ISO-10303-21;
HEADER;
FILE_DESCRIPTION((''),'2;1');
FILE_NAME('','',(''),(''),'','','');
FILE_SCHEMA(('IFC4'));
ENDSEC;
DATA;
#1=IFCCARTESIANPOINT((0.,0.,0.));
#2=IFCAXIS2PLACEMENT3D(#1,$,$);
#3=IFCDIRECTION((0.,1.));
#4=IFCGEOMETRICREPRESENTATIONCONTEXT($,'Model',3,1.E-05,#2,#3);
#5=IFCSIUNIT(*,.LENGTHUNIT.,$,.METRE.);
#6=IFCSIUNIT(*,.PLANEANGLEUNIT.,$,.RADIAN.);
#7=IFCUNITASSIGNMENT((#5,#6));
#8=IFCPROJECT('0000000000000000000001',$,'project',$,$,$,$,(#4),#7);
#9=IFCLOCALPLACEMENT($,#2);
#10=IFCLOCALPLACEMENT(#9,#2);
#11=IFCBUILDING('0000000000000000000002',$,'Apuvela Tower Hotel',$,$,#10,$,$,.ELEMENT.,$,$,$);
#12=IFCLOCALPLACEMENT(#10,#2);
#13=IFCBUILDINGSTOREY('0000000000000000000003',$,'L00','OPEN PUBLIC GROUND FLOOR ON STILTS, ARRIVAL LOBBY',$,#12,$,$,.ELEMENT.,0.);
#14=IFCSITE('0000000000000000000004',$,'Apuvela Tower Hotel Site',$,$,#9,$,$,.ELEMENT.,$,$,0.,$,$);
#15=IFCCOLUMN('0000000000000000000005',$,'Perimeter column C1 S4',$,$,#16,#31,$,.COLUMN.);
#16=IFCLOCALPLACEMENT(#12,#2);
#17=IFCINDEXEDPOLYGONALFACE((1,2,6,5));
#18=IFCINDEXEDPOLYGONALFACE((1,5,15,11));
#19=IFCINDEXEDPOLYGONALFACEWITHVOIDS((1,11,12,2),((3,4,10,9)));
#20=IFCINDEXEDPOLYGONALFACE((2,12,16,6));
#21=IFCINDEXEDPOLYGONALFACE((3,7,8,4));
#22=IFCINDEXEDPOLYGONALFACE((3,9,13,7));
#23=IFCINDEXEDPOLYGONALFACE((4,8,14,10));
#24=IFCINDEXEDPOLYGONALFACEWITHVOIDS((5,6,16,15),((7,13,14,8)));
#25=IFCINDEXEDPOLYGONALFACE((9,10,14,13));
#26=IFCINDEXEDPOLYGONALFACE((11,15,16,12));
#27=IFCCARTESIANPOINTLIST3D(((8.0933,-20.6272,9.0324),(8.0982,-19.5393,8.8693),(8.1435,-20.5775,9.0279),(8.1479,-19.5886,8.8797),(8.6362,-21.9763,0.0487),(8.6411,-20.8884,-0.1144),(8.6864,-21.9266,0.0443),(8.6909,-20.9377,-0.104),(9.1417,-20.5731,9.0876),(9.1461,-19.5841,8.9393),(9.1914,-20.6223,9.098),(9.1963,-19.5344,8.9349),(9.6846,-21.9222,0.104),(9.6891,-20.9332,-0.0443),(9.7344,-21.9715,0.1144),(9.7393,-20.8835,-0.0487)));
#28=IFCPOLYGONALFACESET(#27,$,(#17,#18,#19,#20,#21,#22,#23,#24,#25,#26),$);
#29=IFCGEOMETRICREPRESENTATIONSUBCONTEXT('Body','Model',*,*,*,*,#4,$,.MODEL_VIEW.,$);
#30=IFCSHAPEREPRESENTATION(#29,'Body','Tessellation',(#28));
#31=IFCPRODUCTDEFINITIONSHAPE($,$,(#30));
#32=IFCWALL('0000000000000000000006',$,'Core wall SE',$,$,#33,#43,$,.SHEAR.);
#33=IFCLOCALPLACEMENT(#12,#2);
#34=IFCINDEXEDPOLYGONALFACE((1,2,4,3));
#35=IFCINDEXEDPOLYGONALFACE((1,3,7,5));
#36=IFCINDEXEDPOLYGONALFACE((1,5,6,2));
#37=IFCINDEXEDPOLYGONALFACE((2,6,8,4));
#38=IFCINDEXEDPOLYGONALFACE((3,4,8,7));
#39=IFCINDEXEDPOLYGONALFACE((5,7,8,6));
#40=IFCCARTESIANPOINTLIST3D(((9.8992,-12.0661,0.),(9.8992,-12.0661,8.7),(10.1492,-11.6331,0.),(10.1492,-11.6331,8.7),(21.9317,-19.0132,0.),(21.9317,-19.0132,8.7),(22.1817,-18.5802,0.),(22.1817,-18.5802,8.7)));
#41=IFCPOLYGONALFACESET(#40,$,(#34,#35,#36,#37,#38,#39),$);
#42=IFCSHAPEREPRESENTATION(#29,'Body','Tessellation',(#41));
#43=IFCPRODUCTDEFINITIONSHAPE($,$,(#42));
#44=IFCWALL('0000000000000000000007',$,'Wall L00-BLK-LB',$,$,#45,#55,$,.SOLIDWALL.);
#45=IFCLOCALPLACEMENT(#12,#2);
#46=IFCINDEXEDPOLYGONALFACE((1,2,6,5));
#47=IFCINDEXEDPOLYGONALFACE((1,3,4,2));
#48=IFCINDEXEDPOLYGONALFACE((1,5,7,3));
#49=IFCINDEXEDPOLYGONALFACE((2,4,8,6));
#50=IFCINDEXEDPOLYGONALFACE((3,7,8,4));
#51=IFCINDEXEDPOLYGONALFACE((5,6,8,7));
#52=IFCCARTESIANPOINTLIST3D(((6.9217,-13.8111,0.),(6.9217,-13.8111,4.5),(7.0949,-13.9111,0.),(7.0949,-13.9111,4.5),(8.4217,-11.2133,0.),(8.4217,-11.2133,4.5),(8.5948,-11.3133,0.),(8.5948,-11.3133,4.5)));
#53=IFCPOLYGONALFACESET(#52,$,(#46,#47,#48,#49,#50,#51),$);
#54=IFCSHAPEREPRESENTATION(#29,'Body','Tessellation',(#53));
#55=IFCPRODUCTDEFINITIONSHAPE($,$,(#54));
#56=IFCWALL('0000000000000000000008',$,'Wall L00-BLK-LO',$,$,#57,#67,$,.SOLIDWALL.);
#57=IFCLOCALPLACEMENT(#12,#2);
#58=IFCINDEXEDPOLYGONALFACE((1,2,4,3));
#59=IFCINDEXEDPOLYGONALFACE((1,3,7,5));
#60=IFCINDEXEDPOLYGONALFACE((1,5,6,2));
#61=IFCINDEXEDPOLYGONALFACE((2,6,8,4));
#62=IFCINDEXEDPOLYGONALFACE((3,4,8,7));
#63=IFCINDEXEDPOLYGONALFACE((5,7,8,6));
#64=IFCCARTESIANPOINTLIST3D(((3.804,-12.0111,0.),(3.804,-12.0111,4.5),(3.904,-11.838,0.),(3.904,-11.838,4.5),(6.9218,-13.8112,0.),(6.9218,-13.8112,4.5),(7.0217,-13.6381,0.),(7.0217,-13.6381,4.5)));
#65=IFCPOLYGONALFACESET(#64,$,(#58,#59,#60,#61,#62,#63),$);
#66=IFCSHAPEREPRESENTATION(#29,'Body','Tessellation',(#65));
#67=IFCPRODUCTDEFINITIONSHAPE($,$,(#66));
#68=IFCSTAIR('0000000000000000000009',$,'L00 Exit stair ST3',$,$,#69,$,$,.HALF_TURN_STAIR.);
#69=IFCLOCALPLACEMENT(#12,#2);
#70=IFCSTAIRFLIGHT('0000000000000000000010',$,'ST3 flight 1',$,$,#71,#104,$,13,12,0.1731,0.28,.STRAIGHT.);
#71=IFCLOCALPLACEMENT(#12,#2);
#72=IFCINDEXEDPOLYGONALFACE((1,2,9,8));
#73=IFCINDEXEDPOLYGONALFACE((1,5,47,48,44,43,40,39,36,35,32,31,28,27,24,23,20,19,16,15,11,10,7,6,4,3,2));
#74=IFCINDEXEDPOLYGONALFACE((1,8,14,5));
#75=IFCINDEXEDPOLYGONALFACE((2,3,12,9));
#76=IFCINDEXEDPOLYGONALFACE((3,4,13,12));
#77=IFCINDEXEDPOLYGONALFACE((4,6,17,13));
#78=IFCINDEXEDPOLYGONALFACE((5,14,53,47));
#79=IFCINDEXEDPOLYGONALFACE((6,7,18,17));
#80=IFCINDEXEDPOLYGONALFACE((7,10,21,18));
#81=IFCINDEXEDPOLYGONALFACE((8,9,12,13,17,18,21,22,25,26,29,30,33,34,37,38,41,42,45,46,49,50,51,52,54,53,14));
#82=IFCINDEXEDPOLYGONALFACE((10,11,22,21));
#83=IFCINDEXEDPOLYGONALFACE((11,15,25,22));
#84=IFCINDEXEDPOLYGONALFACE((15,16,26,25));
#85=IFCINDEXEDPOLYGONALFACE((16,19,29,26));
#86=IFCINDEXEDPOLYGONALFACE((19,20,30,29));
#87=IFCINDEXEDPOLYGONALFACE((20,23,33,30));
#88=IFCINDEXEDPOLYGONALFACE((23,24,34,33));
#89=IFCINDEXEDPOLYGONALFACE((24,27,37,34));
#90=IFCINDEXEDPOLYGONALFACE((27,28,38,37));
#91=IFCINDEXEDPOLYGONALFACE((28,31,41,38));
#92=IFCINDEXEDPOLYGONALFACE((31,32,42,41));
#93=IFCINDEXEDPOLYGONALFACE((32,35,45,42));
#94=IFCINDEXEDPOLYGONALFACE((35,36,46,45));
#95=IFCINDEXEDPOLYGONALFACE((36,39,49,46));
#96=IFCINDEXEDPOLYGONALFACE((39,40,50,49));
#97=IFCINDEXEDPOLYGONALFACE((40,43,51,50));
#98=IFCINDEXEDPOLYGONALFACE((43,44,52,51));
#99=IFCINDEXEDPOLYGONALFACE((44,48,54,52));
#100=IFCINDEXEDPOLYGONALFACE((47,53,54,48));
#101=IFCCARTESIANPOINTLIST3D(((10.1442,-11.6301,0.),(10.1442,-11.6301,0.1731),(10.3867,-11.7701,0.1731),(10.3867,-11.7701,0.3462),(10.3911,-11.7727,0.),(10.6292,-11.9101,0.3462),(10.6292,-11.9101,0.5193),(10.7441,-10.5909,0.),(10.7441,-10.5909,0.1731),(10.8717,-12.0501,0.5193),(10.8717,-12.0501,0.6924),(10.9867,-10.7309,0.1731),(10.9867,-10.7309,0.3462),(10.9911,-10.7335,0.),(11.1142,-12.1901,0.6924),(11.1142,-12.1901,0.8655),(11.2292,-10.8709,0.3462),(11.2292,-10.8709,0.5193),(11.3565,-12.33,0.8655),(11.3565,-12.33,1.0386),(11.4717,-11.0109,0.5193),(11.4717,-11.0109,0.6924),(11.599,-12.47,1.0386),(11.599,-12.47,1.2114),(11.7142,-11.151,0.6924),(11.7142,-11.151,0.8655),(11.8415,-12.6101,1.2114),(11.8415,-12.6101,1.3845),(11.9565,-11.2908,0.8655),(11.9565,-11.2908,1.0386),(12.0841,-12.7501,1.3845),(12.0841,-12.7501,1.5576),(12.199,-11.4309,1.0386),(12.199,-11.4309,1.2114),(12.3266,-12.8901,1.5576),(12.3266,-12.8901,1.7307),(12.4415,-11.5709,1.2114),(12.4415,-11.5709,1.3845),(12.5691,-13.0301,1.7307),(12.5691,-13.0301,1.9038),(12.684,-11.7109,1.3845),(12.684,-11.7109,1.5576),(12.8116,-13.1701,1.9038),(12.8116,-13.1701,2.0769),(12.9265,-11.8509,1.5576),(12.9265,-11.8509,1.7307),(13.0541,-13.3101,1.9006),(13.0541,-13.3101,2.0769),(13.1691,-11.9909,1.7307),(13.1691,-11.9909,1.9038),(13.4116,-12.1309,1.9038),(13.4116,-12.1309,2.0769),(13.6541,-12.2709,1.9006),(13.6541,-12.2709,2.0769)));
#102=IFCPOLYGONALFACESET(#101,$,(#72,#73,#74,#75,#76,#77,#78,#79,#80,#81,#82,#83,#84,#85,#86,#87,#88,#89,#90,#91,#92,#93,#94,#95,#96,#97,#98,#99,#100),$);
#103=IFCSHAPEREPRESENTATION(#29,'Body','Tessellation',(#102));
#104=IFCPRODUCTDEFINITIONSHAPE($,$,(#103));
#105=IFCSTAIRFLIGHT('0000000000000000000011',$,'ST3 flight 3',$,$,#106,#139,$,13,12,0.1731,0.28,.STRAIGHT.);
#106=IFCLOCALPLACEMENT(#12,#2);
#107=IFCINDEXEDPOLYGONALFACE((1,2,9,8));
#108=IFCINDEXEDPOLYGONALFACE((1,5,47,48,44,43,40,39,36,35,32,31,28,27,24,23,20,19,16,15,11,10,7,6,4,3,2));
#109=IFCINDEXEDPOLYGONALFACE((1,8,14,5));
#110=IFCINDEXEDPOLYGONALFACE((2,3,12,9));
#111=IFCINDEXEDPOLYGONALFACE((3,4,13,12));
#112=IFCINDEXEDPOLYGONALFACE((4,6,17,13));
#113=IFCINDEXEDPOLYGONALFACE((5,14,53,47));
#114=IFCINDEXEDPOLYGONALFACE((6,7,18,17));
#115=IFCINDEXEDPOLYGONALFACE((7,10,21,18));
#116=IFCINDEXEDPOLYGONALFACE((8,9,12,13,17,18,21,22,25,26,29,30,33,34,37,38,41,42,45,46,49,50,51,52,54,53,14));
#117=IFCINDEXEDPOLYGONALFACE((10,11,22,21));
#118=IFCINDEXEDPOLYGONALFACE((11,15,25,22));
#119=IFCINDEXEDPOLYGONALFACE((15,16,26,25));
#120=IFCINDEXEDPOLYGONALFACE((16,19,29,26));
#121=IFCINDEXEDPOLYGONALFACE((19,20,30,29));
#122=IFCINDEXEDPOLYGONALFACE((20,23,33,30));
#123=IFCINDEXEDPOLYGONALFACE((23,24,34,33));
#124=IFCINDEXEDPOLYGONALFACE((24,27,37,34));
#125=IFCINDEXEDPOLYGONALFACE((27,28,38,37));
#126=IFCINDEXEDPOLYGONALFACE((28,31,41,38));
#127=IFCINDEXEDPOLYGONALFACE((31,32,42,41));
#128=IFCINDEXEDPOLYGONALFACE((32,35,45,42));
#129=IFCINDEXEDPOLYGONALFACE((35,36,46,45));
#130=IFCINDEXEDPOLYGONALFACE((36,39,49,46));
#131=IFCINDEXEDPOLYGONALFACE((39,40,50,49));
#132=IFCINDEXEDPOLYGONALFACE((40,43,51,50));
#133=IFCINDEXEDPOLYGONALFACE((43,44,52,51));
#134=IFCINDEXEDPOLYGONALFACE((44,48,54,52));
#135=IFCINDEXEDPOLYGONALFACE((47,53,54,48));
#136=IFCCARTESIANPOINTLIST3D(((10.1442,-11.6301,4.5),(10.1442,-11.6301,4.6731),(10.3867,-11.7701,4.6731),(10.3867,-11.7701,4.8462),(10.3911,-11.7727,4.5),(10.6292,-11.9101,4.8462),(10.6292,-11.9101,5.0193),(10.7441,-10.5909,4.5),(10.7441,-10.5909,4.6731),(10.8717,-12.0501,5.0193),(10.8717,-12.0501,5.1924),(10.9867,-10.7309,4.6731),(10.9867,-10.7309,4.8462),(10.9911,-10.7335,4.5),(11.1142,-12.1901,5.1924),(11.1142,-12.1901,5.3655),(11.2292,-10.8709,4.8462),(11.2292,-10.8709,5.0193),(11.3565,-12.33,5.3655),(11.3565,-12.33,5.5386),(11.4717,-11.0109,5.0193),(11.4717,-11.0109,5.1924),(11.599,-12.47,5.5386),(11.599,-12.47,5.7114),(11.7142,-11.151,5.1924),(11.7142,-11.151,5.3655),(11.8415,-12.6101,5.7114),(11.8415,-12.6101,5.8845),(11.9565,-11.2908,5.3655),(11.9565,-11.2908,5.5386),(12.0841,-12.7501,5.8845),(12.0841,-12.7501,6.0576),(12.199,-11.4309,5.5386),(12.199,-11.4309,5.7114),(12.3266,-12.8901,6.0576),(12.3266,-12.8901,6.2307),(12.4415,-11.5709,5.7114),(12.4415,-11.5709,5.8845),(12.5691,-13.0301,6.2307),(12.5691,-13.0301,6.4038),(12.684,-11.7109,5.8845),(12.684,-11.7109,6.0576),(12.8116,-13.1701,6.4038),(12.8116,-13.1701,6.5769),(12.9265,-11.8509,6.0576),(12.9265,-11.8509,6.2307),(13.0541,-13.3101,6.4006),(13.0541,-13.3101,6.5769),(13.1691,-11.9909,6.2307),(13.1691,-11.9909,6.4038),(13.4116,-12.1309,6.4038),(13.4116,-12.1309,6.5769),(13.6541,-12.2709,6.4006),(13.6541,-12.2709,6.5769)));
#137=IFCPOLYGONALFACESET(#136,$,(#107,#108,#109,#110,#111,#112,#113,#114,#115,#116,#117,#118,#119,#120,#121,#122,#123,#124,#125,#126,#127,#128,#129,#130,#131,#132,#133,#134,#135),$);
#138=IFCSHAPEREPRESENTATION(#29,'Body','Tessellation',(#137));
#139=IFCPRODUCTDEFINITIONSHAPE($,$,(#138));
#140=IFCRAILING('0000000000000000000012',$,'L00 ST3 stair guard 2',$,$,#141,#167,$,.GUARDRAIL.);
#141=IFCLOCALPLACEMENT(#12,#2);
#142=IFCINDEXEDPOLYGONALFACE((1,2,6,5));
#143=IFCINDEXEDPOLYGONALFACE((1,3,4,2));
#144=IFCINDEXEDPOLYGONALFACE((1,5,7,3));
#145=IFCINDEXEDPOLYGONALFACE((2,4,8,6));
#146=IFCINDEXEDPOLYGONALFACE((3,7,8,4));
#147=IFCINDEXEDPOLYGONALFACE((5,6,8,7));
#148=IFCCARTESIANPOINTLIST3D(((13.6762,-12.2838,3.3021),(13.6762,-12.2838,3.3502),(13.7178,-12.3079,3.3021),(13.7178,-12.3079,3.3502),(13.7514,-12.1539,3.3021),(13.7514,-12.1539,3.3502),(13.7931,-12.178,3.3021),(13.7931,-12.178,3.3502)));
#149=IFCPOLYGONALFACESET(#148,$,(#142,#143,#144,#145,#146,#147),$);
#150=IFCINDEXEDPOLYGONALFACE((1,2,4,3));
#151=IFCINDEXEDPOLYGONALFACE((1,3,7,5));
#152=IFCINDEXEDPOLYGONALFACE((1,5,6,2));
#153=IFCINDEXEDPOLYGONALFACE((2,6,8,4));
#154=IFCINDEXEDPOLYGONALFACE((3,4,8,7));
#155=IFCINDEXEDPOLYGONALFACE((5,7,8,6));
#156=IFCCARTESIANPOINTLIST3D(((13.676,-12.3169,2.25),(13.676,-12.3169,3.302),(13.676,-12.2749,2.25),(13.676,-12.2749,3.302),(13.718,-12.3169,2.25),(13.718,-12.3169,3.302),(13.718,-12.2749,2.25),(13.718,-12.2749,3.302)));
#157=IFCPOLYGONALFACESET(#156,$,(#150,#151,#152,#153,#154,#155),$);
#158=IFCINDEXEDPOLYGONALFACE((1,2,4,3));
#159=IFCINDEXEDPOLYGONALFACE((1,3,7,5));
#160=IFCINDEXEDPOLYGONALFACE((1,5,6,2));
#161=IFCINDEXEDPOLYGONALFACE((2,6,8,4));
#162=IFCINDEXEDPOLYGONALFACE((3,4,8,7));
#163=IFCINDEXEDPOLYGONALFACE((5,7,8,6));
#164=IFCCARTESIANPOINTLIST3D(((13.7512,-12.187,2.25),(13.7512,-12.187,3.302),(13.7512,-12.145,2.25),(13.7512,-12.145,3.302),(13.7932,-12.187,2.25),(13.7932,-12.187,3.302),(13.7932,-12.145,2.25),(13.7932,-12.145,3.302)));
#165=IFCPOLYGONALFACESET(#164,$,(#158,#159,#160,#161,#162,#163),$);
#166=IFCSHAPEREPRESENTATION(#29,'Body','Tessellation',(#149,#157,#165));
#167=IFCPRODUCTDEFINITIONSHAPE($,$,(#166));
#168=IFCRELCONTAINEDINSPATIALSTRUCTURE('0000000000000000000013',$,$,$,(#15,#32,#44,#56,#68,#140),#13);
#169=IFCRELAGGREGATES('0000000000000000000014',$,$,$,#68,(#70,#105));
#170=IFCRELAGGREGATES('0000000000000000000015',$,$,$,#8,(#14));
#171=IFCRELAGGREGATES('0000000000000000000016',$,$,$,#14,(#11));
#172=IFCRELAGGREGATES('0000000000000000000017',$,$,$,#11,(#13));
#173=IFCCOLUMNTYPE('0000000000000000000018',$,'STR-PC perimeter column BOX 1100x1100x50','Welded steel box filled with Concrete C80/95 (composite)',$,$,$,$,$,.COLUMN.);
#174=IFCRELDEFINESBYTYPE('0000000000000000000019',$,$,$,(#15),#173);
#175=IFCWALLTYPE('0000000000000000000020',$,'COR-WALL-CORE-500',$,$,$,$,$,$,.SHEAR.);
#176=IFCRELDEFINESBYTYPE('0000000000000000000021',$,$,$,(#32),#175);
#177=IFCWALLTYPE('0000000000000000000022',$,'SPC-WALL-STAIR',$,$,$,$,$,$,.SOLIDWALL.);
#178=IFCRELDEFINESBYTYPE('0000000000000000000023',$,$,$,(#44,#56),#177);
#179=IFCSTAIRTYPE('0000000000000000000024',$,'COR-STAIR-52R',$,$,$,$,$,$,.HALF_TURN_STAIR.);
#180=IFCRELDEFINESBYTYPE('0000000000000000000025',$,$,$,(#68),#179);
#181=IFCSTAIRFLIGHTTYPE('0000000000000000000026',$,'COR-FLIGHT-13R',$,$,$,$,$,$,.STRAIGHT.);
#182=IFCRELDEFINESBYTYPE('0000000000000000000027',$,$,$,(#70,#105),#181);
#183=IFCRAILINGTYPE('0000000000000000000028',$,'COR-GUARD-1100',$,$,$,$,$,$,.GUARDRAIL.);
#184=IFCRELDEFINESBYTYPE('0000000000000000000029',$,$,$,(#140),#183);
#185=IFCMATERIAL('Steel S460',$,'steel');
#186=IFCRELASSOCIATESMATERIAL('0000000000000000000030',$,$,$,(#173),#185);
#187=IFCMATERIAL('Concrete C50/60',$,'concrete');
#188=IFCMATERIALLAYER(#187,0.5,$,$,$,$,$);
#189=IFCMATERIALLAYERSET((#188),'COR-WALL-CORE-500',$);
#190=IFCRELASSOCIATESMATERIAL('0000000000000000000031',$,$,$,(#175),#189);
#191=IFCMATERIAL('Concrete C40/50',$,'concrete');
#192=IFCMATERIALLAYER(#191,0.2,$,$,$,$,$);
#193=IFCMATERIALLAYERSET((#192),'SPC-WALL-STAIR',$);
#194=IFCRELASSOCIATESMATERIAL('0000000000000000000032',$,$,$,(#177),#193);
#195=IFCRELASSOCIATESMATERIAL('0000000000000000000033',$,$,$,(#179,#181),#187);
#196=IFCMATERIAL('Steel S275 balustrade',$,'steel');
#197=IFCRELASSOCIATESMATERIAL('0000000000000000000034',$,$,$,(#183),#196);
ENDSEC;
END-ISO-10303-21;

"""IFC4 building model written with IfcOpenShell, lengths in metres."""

from ifc_helpers import new_model, si_unit, direction, frame, frame_2d, origin, origin_2d, place, context, subcontext, project, spatial, polyline, rectangle, hollow_rectangle, outline, extrude, boolean, halfspace, material, layer, layer_set, material_profile, profile_set, type_object, element, aggregate, save


model = new_model("IFC4")

# Units and contexts
model_context = context("Model", 3, precision=1e-05, world=origin(), true_north=direction((0.0, 1.0)))
body_context = subcontext(model_context, "Body", "Model", "MODEL_VIEW")
ifc_project = project(units=[si_unit("LENGTHUNIT", "METRE"), si_unit("PLANEANGLEUNIT", "RADIAN")], contexts=[model_context])

# Site, building, storey
site_placement = place(None, origin())
site = spatial("IfcSite", under=ifc_project, at=site_placement, Name="Apuvela Tower Hotel Site", CompositionType="ELEMENT", RefElevation=0.0)
building_placement = place(site_placement, origin())
building = spatial("IfcBuilding", under=site, at=building_placement, Name="Apuvela Tower Hotel", CompositionType="ELEMENT")
storey_placement = place(building_placement, origin())
storey = spatial("IfcBuildingStorey", under=building, at=storey_placement, Name="L00", Description="OPEN PUBLIC GROUND FLOOR ON STILTS, ARRIVAL LOBBY", CompositionType="ELEMENT", Elevation=0.0)

# Shared definitions
ifc_material_1 = material(Name="Concrete C40/50", Category="concrete")

# Column
ifc_material_2 = material(Name="Steel S460", Category="steel")
ifc_material_profile_1 = material_profile(ifc_material_2, hollow_rectangle(XDim=1.1001, YDim=1.1001, WallThickness=0.05, at=origin_2d()), Name="BOX 1100x1100x50")
ifc_material_3 = material(Name="Concrete C80/95", Category="concrete")
ifc_material_profile_2 = material_profile(ifc_material_3, rectangle(XDim=1.0, YDim=1.0, at=origin_2d()), Name="Concrete C80/95 infill")
ifc_profile_set_1 = profile_set([ifc_material_profile_1, ifc_material_profile_2], Name="Steel S460")
column_type = type_object("IfcColumnType", Name="STR-PC perimeter column BOX 1100x1100x50", Description="Welded steel box filled with Concrete C80/95 (composite)", PredefinedType="COLUMN", material=ifc_profile_set_1)
column_placement = place(storey_placement, frame((9.1877, -21.4299, 0.0), z_axis=(-0.059662, 0.148244, 0.98715), x_axis=(0.998209, 0.004445, 0.059663)))
element("IfcColumn", 1, at=column_placement, inside=storey, type_object=column_type, Name="Perimeter column C1 S4", PredefinedType="COLUMN", context=body_context, shape_type="SweptSolid", body=[
    boolean("DIFFERENCE", extrude(hollow_rectangle(XDim=1.1001, YDim=1.1001, WallThickness=0.05, at=origin_2d()), origin(), (0.0, 0.0, 1.0), 9.1172), halfspace(frame((0.0, 0.0, 9.1006), z_axis=(0.0, 0.0, 1.0), x_axis=(1.0, 0.0, 0.0)), False)),
])

# Walls
ifc_material_4 = material(Name="Concrete C50/60", Category="concrete")
ifc_layer_1 = layer(ifc_material_4, 0.5)
ifc_layer_set_1 = layer_set([ifc_layer_1], Name="COR-WALL-CORE-500")
wall_type_1 = type_object("IfcWallType", Name="COR-WALL-CORE-500", PredefinedType="SHEAR", material=ifc_layer_set_1)
wall_1_placement = place(storey_placement, frame((10.0242, -11.8496, 0.0), z_axis=(0.0, 0.0, 1.0), x_axis=(0.866023, -0.500004, 0.0)))
element("IfcWall", 2, at=wall_1_placement, inside=storey, type_object=wall_type_1, Name="Core wall SE", PredefinedType="SHEAR", context=body_context, shape_type="SweptSolid", body=[
    extrude(rectangle(XDim=13.894, YDim=0.5, at=frame_2d((6.947, 0.0))), origin(), (0.0, 0.0, 1.0), 8.7),
])
ifc_layer_2 = layer(ifc_material_1, 0.2)
ifc_layer_set_2 = layer_set([ifc_layer_2], Name="SPC-WALL-STAIR")
wall_type_2 = type_object("IfcWallType", Name="SPC-WALL-STAIR", PredefinedType="SOLIDWALL", material=ifc_layer_set_2)
wall_2_placement = place(storey_placement, frame((8.5083, -11.2632, 0.0), z_axis=(0.0, 0.0, 1.0), x_axis=(-0.500025, -0.866011, 0.0)))
element("IfcWall", 3, at=wall_2_placement, inside=storey, type_object=wall_type_2, Name="Wall L00-BLK-LB", PredefinedType="SOLIDWALL", context=body_context, shape_type="SweptSolid", body=[
    extrude(rectangle(XDim=2.9998, YDim=0.2, at=frame_2d((1.5, 0.0))), origin(), (0.0, 0.0, 1.0), 4.5),
])
wall_3_placement = place(storey_placement, frame((3.854, -11.9246, 0.0), z_axis=(0.0, 0.0, 1.0), x_axis=(0.866018, -0.500012, 0.0)))
element("IfcWall", 4, at=wall_3_placement, inside=storey, type_object=wall_type_2, Name="Wall L00-BLK-LO", PredefinedType="SOLIDWALL", context=body_context, shape_type="SweptSolid", body=[
    extrude(rectangle(XDim=3.6001, YDim=0.2, at=frame_2d((1.8, 0.0))), origin(), (0.0, 0.0, 1.0), 4.5),
])

# Stair, stair flights
stair_type = type_object("IfcStairType", Name="COR-STAIR-52R", PredefinedType="HALF_TURN_STAIR", material=ifc_material_4)
stair_placement = place(storey_placement, origin())
stair = element("IfcStair", 5, at=stair_placement, inside=storey, type_object=stair_type, Name="L00 Exit stair ST3", PredefinedType="HALF_TURN_STAIR")
stair_flight_type = type_object("IfcStairFlightType", Name="COR-FLIGHT-13R", PredefinedType="STRAIGHT", material=ifc_material_4)
stair_flight_1_placement = place(storey_placement, frame((10.4441, -11.1106, 0.0), z_axis=(0.0, 0.0, 1.0), x_axis=(0.866025, -0.5, 0.0)))
stair_flight_1 = element("IfcStairFlight", 6, at=stair_flight_1_placement, type_object=stair_flight_type, Name="ST3 flight 1", NumberOfRisers=13, NumberOfTreads=12, PredefinedType="STRAIGHT", RiserHeight=0.1731, TreadLength=0.28, context=body_context, shape_type="SweptSolid", body=[
    extrude(outline(polyline([(0.0, 0.0), (0.0, 0.1731), (0.28, 0.1731), (0.28, 0.3462), (0.5601, 0.3462), (0.5601, 0.5193), (0.8401, 0.5193), (0.8401, 0.6924), (1.1201, 0.6924), (1.1201, 0.8655), (1.3999, 0.8655), (1.3999, 1.0386), (1.6799, 1.0386), (1.6799, 1.2114), (1.96, 1.2114), (1.96, 1.3845), (2.24, 1.3845), (2.24, 1.5576), (2.52, 1.5576), (2.52, 1.7307), (2.8, 1.7307), (2.8, 1.9038), (3.0801, 1.9038), (3.0801, 2.0769), (3.3601, 2.0769), (3.3601, 2.25), (3.3601, 1.9006), (0.2852, 0.0), (0.0, 0.0)])), frame((0.0, 0.6001, 0.0), z_axis=(0.0, -1.0, 0.0), x_axis=(1.0, 0.0, 0.0)), (0.0, 0.0, 1.0), 1.2),
])
stair_flight_2_placement = place(storey_placement, frame((10.4441, -11.1106, 4.5), z_axis=(0.0, 0.0, 1.0), x_axis=(0.866025, -0.5, 0.0)))
stair_flight_2 = element("IfcStairFlight", 7, at=stair_flight_2_placement, type_object=stair_flight_type, Name="ST3 flight 3", NumberOfRisers=13, NumberOfTreads=12, PredefinedType="STRAIGHT", RiserHeight=0.1731, TreadLength=0.28, context=body_context, shape_type="SweptSolid", body=[
    extrude(outline(polyline([(0.0, 0.0), (0.0, 0.1731), (0.28, 0.1731), (0.28, 0.3462), (0.5601, 0.3462), (0.5601, 0.5193), (0.8401, 0.5193), (0.8401, 0.6924), (1.1201, 0.6924), (1.1201, 0.8655), (1.3999, 0.8655), (1.3999, 1.0386), (1.6799, 1.0386), (1.6799, 1.2114), (1.96, 1.2114), (1.96, 1.3845), (2.24, 1.3845), (2.24, 1.5576), (2.52, 1.5576), (2.52, 1.7307), (2.8, 1.7307), (2.8, 1.9038), (3.0801, 1.9038), (3.0801, 2.0769), (3.3601, 2.0769), (3.3601, 2.25), (3.3601, 1.9006), (0.2852, 0.0), (0.0, 0.0)])), frame((0.0, 0.6001, 0.0), z_axis=(0.0, -1.0, 0.0), x_axis=(1.0, 0.0, 0.0)), (0.0, 0.0, 1.0), 1.2),
])
aggregate(stair, [stair_flight_1, stair_flight_2])

# Railing
ifc_material_5 = material(Name="Steel S275 balustrade", Category="steel")
railing_type_1 = type_object("IfcRailingType", Name="COR-GUARD-1100", PredefinedType="GUARDRAIL", material=ifc_material_5)
railing_1_placement = place(storey_placement, frame((13.697, -12.2959, 2.25)))
element("IfcRailing", 8, at=railing_1_placement, inside=storey, type_object=railing_type_1, Name="L00 ST3 stair guard 2", PredefinedType="GUARDRAIL", context=body_context, shape_type="SweptSolid", body=[
    extrude(rectangle(XDim=0.0481, YDim=0.0481, at=origin_2d()), frame((0.0, 0.0, 1.0762), z_axis=(0.501036, 0.865426, 0.0), x_axis=(-0.865426, 0.501036, 0.0)), (0.0, 0.0, 1.0), 0.1501),
    extrude(rectangle(XDim=0.042, YDim=0.042, at=origin_2d()), origin(), (0.0, 0.0, 1.0), 1.052),
    extrude(rectangle(XDim=0.042, YDim=0.042, at=origin_2d()), frame((0.0752, 0.1299, 0.0)), (0.0, 0.0, 1.0), 1.052),
])

save(model, "model.ifc")
